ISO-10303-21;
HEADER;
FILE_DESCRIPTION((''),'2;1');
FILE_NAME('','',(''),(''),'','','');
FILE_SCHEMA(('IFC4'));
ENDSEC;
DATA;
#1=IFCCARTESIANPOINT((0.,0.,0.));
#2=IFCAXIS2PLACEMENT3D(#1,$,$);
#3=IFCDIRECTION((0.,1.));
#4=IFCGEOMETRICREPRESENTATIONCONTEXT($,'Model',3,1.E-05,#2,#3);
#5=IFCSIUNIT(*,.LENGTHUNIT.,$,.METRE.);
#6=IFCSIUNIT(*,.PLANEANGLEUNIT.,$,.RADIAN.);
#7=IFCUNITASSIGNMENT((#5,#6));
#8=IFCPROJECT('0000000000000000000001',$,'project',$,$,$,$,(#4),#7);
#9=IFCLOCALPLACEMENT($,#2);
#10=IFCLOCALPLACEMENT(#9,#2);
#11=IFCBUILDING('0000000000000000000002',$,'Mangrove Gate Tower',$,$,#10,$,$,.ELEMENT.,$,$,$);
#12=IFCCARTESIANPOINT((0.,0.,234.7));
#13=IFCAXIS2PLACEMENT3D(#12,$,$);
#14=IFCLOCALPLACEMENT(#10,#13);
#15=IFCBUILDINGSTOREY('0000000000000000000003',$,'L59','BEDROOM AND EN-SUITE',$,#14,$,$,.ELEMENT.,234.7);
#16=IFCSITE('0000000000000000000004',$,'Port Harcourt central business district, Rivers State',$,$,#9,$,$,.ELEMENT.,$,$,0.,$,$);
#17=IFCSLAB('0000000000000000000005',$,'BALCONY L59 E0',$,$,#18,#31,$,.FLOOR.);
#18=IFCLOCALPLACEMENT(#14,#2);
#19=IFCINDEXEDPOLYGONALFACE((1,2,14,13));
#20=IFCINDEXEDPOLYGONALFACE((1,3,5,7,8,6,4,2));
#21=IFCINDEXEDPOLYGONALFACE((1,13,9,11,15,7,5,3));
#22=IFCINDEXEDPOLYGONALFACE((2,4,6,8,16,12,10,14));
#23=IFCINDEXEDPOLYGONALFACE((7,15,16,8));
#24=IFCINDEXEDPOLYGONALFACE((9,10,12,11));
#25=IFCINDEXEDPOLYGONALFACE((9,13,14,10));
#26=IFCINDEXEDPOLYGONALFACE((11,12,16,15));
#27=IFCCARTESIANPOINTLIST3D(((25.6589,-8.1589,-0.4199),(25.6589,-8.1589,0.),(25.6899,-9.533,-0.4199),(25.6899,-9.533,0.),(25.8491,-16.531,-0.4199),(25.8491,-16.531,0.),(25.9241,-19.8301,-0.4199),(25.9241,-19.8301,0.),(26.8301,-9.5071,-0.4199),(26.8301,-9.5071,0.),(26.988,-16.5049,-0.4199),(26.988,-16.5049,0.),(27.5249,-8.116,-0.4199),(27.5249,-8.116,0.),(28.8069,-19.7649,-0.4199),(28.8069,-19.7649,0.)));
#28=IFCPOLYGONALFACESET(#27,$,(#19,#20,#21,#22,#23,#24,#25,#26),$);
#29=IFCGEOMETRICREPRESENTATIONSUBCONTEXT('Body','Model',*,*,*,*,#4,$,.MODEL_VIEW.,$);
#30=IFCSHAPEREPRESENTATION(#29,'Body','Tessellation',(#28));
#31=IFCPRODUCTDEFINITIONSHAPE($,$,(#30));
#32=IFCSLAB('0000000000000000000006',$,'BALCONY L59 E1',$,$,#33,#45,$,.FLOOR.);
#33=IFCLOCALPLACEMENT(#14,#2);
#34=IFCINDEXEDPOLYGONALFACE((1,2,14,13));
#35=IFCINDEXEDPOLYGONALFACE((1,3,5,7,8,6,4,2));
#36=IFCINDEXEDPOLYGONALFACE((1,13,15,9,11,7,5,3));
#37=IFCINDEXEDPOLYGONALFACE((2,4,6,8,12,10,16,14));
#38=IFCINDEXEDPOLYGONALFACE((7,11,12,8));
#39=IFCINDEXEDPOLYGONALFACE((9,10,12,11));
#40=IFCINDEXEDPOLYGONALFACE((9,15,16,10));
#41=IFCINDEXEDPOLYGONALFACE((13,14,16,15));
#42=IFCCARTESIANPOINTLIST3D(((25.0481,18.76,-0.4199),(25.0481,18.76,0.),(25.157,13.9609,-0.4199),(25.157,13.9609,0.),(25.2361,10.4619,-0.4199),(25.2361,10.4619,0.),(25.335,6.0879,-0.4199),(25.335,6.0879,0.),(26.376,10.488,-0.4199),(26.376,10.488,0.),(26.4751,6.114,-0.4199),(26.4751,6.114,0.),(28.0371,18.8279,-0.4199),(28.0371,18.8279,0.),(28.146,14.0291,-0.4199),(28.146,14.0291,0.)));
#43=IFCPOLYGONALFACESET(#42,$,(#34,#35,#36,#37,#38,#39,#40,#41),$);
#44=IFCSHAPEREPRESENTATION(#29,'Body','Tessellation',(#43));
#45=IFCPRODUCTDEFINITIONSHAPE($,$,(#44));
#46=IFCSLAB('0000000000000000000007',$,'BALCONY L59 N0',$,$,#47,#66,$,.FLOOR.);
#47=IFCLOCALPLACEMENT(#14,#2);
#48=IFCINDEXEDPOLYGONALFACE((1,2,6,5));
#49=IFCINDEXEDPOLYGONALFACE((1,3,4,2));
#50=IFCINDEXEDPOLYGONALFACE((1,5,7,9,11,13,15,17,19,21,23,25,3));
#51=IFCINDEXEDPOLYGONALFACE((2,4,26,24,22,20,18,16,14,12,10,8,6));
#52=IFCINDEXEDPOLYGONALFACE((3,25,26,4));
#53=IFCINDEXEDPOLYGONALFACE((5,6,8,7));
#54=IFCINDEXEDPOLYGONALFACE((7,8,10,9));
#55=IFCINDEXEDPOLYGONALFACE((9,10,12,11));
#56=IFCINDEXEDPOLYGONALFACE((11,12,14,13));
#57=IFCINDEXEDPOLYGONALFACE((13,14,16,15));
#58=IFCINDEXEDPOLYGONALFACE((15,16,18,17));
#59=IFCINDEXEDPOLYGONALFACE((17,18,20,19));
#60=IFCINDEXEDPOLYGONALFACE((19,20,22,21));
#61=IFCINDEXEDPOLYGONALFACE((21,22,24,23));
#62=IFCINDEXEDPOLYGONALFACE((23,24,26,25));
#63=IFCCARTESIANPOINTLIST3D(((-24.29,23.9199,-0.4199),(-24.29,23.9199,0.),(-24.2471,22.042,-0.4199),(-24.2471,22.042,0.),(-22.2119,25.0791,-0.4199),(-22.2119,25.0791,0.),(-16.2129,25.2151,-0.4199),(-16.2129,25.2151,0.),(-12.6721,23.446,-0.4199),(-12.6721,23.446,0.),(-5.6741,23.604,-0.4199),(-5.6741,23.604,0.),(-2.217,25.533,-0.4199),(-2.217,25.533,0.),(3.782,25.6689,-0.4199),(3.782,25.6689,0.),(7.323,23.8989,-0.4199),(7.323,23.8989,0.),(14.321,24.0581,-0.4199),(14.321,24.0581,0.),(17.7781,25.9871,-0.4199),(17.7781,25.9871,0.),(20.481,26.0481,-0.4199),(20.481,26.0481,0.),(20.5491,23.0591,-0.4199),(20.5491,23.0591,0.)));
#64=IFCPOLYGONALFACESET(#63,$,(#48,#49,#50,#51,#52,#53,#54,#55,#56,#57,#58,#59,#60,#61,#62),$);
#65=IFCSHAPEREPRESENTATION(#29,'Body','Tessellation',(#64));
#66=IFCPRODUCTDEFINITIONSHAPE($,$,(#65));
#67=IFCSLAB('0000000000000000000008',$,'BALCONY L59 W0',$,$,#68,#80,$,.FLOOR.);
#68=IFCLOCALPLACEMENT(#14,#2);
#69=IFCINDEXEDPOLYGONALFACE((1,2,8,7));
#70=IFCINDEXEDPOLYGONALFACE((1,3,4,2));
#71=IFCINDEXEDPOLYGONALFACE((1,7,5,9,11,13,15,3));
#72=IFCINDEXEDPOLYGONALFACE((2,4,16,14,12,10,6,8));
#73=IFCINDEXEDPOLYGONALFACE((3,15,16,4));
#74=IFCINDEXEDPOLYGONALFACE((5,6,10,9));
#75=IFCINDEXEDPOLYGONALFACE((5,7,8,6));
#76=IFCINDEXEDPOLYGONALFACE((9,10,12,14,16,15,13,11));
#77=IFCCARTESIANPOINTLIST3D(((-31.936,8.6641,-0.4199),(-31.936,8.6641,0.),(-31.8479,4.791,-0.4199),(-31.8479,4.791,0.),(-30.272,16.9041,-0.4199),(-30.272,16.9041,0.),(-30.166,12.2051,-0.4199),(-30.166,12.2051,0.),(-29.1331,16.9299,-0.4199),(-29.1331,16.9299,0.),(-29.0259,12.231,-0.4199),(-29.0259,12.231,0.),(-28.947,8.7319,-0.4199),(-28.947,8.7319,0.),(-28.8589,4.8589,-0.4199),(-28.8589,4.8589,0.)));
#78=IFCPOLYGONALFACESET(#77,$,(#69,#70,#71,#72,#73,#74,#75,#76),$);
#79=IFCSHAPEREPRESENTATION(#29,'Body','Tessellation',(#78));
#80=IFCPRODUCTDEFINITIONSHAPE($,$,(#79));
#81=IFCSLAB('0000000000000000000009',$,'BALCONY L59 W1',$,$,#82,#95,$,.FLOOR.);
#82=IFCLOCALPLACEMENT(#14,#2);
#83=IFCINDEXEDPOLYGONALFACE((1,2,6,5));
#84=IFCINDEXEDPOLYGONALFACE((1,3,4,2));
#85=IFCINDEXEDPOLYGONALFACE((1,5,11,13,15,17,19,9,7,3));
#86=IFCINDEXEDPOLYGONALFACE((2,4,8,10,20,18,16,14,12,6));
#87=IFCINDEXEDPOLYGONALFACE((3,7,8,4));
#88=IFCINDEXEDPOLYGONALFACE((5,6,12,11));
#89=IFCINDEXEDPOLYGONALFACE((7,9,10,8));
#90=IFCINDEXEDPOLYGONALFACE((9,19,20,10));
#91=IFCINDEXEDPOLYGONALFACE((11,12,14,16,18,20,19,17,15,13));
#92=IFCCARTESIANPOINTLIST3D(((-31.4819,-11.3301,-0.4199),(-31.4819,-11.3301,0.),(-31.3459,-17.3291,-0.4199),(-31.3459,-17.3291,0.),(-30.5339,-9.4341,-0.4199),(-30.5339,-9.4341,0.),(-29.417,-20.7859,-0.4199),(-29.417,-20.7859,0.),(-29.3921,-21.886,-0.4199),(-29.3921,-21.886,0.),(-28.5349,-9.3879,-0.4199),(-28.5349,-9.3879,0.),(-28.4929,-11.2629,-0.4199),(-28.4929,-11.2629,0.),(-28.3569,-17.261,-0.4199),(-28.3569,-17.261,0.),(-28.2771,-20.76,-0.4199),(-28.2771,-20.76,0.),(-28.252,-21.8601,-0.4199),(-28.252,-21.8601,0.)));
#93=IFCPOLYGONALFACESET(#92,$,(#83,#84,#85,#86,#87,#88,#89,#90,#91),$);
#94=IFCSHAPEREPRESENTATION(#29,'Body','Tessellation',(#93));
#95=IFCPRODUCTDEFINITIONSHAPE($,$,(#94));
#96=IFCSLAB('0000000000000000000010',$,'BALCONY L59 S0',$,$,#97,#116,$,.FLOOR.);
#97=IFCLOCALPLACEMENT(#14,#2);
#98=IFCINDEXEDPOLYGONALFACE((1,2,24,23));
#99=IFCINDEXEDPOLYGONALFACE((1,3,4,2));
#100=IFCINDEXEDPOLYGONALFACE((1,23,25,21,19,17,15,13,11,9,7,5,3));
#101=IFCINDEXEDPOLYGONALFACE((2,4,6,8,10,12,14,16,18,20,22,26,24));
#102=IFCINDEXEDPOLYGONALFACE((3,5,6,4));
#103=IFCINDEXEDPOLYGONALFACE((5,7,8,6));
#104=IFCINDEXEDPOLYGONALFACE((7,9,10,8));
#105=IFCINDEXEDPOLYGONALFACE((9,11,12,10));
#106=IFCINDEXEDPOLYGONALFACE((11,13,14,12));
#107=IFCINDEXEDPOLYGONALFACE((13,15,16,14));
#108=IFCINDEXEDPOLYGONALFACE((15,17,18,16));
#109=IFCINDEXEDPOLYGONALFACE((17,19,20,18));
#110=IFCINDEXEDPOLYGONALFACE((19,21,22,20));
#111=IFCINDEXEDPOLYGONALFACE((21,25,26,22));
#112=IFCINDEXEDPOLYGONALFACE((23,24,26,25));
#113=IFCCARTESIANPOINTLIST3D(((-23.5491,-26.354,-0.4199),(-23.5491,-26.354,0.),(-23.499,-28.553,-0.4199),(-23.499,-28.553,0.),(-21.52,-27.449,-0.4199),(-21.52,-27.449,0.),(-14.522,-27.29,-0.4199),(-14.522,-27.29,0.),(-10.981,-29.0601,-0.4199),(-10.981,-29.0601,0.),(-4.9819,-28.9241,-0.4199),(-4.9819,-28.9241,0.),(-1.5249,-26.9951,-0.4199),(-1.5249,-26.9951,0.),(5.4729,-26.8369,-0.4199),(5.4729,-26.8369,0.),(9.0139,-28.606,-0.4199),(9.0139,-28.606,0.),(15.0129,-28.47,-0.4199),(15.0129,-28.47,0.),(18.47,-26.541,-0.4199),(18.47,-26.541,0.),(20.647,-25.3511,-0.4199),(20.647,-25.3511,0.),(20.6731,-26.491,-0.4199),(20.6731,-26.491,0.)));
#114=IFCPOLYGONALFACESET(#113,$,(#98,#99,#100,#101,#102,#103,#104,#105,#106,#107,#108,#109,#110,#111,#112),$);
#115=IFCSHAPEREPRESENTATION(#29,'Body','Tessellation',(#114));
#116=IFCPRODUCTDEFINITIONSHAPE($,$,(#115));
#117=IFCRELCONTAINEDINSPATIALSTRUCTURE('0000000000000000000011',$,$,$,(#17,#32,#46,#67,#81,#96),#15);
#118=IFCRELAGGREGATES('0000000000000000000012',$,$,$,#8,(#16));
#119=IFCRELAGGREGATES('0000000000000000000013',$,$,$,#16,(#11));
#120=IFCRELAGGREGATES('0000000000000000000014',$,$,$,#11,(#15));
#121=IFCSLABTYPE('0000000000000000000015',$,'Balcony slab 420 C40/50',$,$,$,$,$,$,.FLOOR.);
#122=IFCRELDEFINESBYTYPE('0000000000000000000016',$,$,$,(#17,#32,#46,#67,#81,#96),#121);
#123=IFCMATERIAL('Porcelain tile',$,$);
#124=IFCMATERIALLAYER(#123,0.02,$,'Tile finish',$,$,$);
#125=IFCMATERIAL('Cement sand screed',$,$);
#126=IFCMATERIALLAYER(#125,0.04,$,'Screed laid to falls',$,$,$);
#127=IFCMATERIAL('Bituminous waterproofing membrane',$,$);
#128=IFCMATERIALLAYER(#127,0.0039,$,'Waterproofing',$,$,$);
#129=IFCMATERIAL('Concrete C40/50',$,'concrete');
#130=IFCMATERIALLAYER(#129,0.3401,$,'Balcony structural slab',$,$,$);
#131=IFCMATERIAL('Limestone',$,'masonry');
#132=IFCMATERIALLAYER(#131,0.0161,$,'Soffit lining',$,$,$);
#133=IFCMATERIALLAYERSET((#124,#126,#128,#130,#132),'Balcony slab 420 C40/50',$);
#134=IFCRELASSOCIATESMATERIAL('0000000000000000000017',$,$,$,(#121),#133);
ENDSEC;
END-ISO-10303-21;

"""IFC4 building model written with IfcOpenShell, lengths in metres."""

from ifc_helpers import new_model, si_unit, direction, frame, origin, place, context, subcontext, project, spatial, polyline, outline, extrude, material, layer, layer_set, type_object, element, save


model = new_model("IFC4")

# Units and contexts
model_context = context("Model", 3, precision=1e-05, world=origin(), true_north=direction((0.0, 1.0)))
body_context = subcontext(model_context, "Body", "Model", "MODEL_VIEW")
ifc_project = project(units=[si_unit("LENGTHUNIT", "METRE"), si_unit("PLANEANGLEUNIT", "RADIAN")], contexts=[model_context])

# Site, building, storey
site_placement = place(None, origin())
site = spatial("IfcSite", under=ifc_project, at=site_placement, Name="Port Harcourt central business district, Rivers State", CompositionType="ELEMENT", RefElevation=0.0)
building_placement = place(site_placement, origin())
building = spatial("IfcBuilding", under=site, at=building_placement, Name="Mangrove Gate Tower", CompositionType="ELEMENT")
storey_placement = place(building_placement, frame((0.0, 0.0, 234.7)))
storey = spatial("IfcBuildingStorey", under=building, at=storey_placement, Name="L59", Description="BEDROOM AND EN-SUITE", CompositionType="ELEMENT", Elevation=234.7)

# Slabs
ifc_material_1 = material(Name="Porcelain tile")
ifc_layer_1 = layer(ifc_material_1, 0.02, Name="Tile finish")
ifc_material_2 = material(Name="Cement sand screed")
ifc_layer_2 = layer(ifc_material_2, 0.04, Name="Screed laid to falls")
ifc_material_3 = material(Name="Bituminous waterproofing membrane")
ifc_layer_3 = layer(ifc_material_3, 0.0039, Name="Waterproofing")
ifc_material_4 = material(Name="Concrete C40/50", Category="concrete")
ifc_layer_4 = layer(ifc_material_4, 0.3401, Name="Balcony structural slab")
ifc_material_5 = material(Name="Limestone", Category="masonry")
ifc_layer_5 = layer(ifc_material_5, 0.0161, Name="Soffit lining")
ifc_layer_set_1 = layer_set([ifc_layer_1, ifc_layer_2, ifc_layer_3, ifc_layer_4, ifc_layer_5], Name="Balcony slab 420 C40/50")
slab_type_1 = type_object("IfcSlabType", Name="Balcony slab 420 C40/50", PredefinedType="FLOOR", material=ifc_layer_set_1)
slab_1_placement = place(storey_placement, frame((0.0, 0.0, -0.4199)))
element("IfcSlab", 1, at=slab_1_placement, inside=storey, type_object=slab_type_1, Name="BALCONY L59 E0", PredefinedType="FLOOR", context=body_context, shape_type="SweptSolid", body=[
    extrude(outline(polyline([(28.8069, -19.7649), (26.988, -16.5049), (26.8301, -9.5071), (27.5249, -8.116), (25.6589, -8.1589), (25.6899, -9.533), (25.8491, -16.531), (25.9241, -19.8301), (28.8069, -19.7649)])), origin(), (0.0, 0.0, 1.0), 0.4199),
])
slab_2_placement = place(storey_placement, frame((0.0, 0.0, -0.4199)))
element("IfcSlab", 2, at=slab_2_placement, inside=storey, type_object=slab_type_1, Name="BALCONY L59 E1", PredefinedType="FLOOR", context=body_context, shape_type="SweptSolid", body=[
    extrude(outline(polyline([(26.4751, 6.114), (26.376, 10.488), (28.146, 14.0291), (28.0371, 18.8279), (25.0481, 18.76), (25.157, 13.9609), (25.2361, 10.4619), (25.335, 6.0879), (26.4751, 6.114)])), origin(), (0.0, 0.0, 1.0), 0.4199),
])
slab_3_placement = place(storey_placement, frame((0.0, 0.0, -0.4199)))
element("IfcSlab", 3, at=slab_3_placement, inside=storey, type_object=slab_type_1, Name="BALCONY L59 N0", PredefinedType="FLOOR", context=body_context, shape_type="SweptSolid", body=[
    extrude(outline(polyline([(20.481, 26.0481), (17.7781, 25.9871), (14.321, 24.0581), (7.323, 23.8989), (3.782, 25.6689), (-2.217, 25.533), (-5.6741, 23.604), (-12.6721, 23.446), (-16.2129, 25.2151), (-22.2119, 25.0791), (-24.29, 23.9199), (-24.2471, 22.042), (20.5491, 23.0591), (20.481, 26.0481)])), origin(), (0.0, 0.0, 1.0), 0.4199),
])
slab_4_placement = place(storey_placement, frame((0.0, 0.0, -0.4199)))
element("IfcSlab", 4, at=slab_4_placement, inside=storey, type_object=slab_type_1, Name="BALCONY L59 W0", PredefinedType="FLOOR", context=body_context, shape_type="SweptSolid", body=[
    extrude(outline(polyline([(-30.272, 16.9041), (-30.166, 12.2051), (-31.936, 8.6641), (-31.8479, 4.791), (-28.8589, 4.8589), (-28.947, 8.7319), (-29.0259, 12.231), (-29.1331, 16.9299), (-30.272, 16.9041)])), origin(), (0.0, 0.0, 1.0), 0.4199),
])
slab_5_placement = place(storey_placement, frame((0.0, 0.0, -0.4199)))
element("IfcSlab", 5, at=slab_5_placement, inside=storey, type_object=slab_type_1, Name="BALCONY L59 W1", PredefinedType="FLOOR", context=body_context, shape_type="SweptSolid", body=[
    extrude(outline(polyline([(-30.5339, -9.4341), (-31.4819, -11.3301), (-31.3459, -17.3291), (-29.417, -20.7859), (-29.3921, -21.886), (-28.252, -21.8601), (-28.2771, -20.76), (-28.3569, -17.261), (-28.4929, -11.2629), (-28.5349, -9.3879), (-30.5339, -9.4341)])), origin(), (0.0, 0.0, 1.0), 0.4199),
])
slab_6_placement = place(storey_placement, frame((0.0, 0.0, -0.4199)))
element("IfcSlab", 6, at=slab_6_placement, inside=storey, type_object=slab_type_1, Name="BALCONY L59 S0", PredefinedType="FLOOR", context=body_context, shape_type="SweptSolid", body=[
    extrude(outline(polyline([(-23.499, -28.553), (-21.52, -27.449), (-14.522, -27.29), (-10.981, -29.0601), (-4.9819, -28.9241), (-1.5249, -26.9951), (5.4729, -26.8369), (9.0139, -28.606), (15.0129, -28.47), (18.47, -26.541), (20.6731, -26.491), (20.647, -25.3511), (-23.5491, -26.354), (-23.499, -28.553)])), origin(), (0.0, 0.0, 1.0), 0.4199),
])

save(model, "model.ifc")
